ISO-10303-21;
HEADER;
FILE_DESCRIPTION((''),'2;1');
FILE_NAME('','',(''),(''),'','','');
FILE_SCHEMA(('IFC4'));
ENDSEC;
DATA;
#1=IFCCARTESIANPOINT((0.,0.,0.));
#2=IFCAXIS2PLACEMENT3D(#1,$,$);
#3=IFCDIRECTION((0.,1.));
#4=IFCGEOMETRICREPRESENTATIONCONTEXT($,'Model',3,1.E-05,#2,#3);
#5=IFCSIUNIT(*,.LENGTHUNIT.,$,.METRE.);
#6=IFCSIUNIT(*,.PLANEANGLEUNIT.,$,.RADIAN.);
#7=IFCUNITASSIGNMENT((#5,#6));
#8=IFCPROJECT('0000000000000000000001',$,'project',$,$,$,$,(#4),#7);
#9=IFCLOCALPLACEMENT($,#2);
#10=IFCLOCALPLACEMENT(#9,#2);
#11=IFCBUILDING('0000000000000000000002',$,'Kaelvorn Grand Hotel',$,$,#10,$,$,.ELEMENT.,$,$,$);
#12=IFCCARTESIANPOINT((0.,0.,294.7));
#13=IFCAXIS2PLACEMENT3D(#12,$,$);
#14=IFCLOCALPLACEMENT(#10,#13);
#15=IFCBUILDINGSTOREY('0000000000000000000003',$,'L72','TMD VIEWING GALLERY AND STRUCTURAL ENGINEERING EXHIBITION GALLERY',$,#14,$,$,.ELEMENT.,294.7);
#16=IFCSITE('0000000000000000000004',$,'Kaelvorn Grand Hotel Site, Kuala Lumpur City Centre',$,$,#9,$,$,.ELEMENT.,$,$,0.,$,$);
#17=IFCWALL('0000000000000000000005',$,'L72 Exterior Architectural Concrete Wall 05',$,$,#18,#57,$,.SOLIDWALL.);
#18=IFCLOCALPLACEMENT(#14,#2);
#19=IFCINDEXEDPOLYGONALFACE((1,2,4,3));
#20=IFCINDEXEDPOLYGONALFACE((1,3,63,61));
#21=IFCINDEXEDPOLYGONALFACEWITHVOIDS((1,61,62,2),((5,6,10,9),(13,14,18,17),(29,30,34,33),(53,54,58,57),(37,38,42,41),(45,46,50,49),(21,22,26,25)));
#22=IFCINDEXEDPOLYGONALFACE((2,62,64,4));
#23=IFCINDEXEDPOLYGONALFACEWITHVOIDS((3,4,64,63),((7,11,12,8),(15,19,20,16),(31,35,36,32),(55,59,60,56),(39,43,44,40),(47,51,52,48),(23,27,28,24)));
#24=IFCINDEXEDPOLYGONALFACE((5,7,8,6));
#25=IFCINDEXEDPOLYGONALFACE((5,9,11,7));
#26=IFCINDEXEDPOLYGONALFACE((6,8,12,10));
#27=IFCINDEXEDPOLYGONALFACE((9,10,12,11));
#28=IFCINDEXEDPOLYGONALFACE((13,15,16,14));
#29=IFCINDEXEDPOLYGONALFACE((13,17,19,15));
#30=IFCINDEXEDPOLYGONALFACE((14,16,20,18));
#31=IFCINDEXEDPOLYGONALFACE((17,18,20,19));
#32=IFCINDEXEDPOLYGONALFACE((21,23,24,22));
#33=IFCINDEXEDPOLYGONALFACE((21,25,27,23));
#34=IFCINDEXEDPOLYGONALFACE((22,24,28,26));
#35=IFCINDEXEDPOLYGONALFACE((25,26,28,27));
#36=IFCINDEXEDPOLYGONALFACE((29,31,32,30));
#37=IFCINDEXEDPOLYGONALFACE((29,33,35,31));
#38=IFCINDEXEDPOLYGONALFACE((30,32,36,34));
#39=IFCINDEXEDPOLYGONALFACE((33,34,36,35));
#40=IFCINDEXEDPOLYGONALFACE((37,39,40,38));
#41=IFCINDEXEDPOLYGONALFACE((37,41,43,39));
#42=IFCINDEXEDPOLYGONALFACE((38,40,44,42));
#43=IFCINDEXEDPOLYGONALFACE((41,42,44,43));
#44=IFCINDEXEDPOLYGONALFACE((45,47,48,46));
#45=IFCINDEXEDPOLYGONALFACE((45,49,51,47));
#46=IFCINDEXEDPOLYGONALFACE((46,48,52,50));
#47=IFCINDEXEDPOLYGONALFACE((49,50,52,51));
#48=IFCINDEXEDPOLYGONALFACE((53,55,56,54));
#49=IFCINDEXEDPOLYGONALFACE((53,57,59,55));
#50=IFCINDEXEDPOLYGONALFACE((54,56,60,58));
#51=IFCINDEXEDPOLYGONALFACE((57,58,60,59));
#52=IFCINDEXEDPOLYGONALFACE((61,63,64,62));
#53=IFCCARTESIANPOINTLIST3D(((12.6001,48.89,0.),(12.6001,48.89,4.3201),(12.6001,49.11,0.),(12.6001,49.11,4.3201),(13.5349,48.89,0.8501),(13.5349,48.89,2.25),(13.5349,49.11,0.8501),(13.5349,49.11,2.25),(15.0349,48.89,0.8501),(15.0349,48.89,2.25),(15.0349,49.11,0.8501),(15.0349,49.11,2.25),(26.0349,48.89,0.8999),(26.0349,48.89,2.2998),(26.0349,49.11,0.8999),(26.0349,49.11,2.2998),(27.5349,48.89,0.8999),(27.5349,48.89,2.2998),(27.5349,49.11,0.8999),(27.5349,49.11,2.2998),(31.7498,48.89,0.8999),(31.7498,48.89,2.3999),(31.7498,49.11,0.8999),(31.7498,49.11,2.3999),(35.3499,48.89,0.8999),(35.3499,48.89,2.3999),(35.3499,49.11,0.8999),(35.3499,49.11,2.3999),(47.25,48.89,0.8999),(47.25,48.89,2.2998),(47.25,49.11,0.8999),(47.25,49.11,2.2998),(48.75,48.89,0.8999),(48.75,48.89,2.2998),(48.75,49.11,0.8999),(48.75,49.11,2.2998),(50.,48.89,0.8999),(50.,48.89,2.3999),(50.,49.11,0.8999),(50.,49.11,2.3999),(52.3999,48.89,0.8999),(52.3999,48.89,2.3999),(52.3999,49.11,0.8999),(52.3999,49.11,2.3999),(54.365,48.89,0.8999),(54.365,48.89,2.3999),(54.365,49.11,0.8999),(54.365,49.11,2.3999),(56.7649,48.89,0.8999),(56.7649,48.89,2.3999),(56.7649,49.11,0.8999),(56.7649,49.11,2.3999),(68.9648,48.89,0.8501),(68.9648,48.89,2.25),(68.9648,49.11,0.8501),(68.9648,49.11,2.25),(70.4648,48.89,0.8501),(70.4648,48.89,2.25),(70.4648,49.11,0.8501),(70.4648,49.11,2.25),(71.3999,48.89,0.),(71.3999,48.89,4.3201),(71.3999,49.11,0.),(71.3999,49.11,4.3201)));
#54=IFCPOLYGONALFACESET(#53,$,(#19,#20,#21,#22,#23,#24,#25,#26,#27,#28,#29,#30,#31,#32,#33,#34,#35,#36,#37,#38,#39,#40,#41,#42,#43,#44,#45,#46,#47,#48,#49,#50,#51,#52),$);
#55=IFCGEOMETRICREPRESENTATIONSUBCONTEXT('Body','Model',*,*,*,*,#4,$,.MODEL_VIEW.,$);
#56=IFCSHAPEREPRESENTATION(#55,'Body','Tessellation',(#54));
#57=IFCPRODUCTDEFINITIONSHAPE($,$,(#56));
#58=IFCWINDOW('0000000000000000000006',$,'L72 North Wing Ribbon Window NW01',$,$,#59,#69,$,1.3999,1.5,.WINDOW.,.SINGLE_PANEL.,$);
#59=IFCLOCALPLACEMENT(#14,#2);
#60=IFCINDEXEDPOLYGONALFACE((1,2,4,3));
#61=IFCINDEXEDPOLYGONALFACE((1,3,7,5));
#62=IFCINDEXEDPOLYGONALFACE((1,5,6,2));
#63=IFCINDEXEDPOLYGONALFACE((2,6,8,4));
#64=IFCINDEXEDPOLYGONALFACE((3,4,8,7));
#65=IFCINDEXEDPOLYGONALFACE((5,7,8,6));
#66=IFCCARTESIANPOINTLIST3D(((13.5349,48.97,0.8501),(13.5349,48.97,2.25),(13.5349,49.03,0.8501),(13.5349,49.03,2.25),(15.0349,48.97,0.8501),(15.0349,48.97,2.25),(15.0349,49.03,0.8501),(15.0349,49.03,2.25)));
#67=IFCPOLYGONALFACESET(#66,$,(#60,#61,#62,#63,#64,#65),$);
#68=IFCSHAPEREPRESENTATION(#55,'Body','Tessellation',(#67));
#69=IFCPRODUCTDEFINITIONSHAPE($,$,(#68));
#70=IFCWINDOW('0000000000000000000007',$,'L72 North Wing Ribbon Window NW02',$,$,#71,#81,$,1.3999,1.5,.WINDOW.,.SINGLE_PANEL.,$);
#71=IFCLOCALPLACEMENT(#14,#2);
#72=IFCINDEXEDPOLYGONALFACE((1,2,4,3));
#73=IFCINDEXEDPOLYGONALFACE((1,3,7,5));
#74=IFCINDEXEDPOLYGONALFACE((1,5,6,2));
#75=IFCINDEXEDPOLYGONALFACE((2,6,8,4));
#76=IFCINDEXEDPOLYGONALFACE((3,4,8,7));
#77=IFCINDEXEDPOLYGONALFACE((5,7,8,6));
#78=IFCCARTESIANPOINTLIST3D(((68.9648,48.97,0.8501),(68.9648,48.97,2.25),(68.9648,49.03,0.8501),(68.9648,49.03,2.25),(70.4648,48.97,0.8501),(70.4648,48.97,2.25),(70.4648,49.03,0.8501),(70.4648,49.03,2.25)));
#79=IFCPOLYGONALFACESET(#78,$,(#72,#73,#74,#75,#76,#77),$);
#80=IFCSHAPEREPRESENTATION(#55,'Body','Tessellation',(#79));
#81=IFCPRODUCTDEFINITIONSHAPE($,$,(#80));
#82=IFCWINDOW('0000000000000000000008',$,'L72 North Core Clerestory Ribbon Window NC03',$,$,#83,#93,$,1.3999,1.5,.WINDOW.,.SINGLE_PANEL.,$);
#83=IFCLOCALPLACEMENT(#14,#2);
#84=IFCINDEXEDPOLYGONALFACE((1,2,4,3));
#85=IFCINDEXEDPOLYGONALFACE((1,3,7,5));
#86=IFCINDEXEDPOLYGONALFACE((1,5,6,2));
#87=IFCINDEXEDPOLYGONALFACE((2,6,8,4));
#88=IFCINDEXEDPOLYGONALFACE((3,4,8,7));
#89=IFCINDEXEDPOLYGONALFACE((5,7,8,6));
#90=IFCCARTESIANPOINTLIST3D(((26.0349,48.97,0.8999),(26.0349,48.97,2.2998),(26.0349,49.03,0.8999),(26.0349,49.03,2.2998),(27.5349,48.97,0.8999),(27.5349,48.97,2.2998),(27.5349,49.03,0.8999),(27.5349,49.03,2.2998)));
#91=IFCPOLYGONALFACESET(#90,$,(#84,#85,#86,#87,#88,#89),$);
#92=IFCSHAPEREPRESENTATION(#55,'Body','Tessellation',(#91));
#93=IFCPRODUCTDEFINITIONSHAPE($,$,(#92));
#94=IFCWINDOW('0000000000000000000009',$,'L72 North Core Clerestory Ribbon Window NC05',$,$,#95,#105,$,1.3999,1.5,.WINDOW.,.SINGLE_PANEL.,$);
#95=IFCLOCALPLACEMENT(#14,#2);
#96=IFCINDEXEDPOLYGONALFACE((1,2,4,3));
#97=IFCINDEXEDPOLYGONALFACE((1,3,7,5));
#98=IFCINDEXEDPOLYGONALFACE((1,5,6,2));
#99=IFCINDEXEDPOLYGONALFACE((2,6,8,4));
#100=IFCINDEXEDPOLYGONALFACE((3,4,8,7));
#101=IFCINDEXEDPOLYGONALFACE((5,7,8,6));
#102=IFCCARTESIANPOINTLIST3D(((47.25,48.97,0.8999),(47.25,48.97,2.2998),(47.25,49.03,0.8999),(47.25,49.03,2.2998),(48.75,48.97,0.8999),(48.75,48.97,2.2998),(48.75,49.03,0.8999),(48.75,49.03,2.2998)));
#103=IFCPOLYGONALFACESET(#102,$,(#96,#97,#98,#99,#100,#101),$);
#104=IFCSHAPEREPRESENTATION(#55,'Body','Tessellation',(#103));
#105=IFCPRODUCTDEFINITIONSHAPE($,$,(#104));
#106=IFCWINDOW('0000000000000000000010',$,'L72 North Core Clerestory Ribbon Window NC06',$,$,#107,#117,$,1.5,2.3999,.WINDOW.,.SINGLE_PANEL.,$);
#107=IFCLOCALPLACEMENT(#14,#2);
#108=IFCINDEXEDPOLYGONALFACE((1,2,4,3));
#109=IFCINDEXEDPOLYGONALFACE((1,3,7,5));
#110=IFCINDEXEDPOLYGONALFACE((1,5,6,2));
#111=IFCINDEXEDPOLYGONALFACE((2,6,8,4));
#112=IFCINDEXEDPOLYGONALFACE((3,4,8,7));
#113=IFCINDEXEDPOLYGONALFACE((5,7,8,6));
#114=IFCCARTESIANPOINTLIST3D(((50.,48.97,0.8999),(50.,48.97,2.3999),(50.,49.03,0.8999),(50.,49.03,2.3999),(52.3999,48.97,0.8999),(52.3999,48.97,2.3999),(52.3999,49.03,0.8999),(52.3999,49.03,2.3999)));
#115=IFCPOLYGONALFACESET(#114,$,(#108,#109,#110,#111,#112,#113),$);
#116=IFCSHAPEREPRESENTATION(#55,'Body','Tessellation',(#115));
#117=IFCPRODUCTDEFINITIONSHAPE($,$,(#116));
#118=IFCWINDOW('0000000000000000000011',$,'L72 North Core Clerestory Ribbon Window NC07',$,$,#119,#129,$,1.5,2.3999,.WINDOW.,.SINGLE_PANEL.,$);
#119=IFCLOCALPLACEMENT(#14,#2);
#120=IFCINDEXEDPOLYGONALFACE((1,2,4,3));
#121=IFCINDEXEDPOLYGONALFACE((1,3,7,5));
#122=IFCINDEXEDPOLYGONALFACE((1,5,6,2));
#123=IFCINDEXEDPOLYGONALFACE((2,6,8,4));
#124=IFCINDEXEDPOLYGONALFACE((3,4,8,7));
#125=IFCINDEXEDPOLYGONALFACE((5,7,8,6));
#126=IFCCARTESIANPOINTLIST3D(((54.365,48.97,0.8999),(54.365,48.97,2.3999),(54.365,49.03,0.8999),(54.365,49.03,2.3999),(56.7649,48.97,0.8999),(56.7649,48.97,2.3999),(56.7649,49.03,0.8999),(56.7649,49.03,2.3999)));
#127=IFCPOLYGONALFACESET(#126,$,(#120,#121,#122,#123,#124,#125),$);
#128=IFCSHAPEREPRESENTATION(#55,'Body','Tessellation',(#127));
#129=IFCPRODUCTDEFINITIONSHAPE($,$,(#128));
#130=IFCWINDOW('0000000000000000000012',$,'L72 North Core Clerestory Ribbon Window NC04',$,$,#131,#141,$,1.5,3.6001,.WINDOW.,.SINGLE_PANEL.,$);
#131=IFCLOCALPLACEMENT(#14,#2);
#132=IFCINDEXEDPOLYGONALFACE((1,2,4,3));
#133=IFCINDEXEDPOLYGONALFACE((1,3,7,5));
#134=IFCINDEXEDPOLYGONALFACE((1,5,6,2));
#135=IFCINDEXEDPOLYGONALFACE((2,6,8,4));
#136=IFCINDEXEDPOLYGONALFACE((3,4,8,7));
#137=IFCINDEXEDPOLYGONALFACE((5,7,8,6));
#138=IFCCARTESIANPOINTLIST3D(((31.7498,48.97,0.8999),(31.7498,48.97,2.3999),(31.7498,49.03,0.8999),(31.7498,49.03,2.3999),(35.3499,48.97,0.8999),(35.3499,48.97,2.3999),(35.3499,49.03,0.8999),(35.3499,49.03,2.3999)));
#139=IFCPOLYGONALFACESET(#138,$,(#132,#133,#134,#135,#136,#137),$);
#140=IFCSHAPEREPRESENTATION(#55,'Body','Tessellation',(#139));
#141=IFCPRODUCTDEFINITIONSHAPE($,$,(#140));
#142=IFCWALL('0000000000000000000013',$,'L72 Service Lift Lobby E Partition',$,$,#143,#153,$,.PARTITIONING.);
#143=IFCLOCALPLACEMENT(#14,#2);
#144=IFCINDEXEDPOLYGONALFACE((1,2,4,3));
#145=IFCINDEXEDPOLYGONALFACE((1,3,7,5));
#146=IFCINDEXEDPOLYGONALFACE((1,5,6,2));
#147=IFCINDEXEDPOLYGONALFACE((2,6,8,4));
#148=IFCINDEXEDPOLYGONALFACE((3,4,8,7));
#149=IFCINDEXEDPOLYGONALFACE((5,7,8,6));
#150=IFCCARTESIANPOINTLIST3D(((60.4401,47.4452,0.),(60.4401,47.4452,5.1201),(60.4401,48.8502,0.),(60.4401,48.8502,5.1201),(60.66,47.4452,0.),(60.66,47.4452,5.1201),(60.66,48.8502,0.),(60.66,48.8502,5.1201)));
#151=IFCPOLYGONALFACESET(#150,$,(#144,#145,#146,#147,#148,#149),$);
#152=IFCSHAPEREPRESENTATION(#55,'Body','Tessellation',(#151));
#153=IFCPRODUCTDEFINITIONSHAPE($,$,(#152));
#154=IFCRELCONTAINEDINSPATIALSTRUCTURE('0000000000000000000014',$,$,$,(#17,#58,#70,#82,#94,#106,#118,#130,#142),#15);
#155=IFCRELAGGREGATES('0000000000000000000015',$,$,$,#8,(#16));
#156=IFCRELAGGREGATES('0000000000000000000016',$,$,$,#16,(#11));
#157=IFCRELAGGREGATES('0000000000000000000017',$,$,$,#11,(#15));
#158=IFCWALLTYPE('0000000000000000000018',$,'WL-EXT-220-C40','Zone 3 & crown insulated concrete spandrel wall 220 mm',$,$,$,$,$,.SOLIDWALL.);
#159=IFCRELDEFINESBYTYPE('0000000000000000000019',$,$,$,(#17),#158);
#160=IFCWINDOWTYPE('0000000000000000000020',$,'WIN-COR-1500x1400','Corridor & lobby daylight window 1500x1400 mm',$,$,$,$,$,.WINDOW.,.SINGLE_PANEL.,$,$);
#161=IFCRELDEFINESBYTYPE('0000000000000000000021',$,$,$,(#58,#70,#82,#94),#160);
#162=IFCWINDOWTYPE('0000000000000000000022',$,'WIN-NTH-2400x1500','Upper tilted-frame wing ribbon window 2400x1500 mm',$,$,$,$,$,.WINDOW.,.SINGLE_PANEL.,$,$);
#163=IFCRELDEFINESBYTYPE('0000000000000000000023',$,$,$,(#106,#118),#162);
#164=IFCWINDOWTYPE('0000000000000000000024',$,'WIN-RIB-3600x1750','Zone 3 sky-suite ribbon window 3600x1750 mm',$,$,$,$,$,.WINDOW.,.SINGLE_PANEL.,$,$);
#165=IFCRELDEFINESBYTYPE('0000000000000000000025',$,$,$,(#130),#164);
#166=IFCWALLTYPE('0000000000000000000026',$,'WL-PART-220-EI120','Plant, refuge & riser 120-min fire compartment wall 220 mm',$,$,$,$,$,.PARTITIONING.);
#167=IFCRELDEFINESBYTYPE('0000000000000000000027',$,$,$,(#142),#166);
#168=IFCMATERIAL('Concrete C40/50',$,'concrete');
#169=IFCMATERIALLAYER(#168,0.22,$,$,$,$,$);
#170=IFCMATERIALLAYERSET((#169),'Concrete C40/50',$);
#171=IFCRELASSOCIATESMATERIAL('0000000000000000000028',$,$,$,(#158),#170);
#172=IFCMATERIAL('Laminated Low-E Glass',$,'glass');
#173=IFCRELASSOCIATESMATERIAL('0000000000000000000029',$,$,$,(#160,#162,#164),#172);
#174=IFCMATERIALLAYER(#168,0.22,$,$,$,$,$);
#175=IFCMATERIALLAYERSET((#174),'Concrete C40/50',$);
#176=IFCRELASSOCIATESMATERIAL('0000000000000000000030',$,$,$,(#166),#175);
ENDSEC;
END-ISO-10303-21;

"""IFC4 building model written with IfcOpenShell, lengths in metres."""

from ifc_helpers import new_model, si_unit, direction, frame, frame_2d, origin, place, context, subcontext, project, spatial, rectangle, extrude, material, layer, layer_set, type_object, element, fill, save


model = new_model("IFC4")

# Units and contexts
model_context = context("Model", 3, precision=1e-05, world=origin(), true_north=direction((0.0, 1.0)))
body_context = subcontext(model_context, "Body", "Model", "MODEL_VIEW")
ifc_project = project(units=[si_unit("LENGTHUNIT", "METRE"), si_unit("PLANEANGLEUNIT", "RADIAN")], contexts=[model_context])

# Site, building, storey
site_placement = place(None, origin())
site = spatial("IfcSite", under=ifc_project, at=site_placement, Name="Kaelvorn Grand Hotel Site, Kuala Lumpur City Centre", CompositionType="ELEMENT", RefElevation=0.0)
building_placement = place(site_placement, origin())
building = spatial("IfcBuilding", under=site, at=building_placement, Name="Kaelvorn Grand Hotel", CompositionType="ELEMENT")
storey_placement = place(building_placement, frame((0.0, 0.0, 294.7)))
storey = spatial("IfcBuildingStorey", under=building, at=storey_placement, Name="L72", Description="TMD VIEWING GALLERY AND STRUCTURAL ENGINEERING EXHIBITION GALLERY", CompositionType="ELEMENT", Elevation=294.7)

# Wall, openings, windows
ifc_material_1 = material(Name="Concrete C40/50", Category="concrete")
ifc_layer_1 = layer(ifc_material_1, 0.22)
ifc_layer_set_1 = layer_set([ifc_layer_1], Name="Concrete C40/50")
wall_type_1 = type_object("IfcWallType", Name="WL-EXT-220-C40", Description="Zone 3 & crown insulated concrete spandrel wall 220 mm", PredefinedType="SOLIDWALL", material=ifc_layer_set_1)
wall_1_placement = place(storey_placement, frame((71.3999, 49.0, 0.0), z_axis=(0.0, 0.0, 1.0), x_axis=(-1.0, 0.0, 0.0)))
wall_1 = element("IfcWall", 1, at=wall_1_placement, inside=storey, type_object=wall_type_1, Name="L72 Exterior Architectural Concrete Wall 05", PredefinedType="SOLIDWALL", context=body_context, shape_type="SweptSolid", body=[
    extrude(rectangle(XDim=58.7998, YDim=0.22, at=frame_2d((29.3999, 0.0))), origin(), (0.0, 0.0, 1.0), 4.3201),
])
opening_1_placement = place(wall_1_placement, frame((56.365, 0.0, 0.8501)))
opening_1 = element("IfcOpeningElement", 2, at=opening_1_placement, cuts=wall_1, PredefinedType="OPENING", context=body_context, shape_type="SweptSolid", body=[
    extrude(rectangle(XDim=1.5, YDim=1.3999, at=frame_2d((0.75, 0.7))), frame((0.0, 0.1201, 0.0), z_axis=(0.0, -1.0, 0.0), x_axis=(1.0, 0.0, 0.0)), (0.0, 0.0, 1.0), 0.24),
])
opening_2_placement = place(wall_1_placement, frame((0.9351, 0.0, 0.8501)))
opening_2 = element("IfcOpeningElement", 3, at=opening_2_placement, cuts=wall_1, PredefinedType="OPENING", context=body_context, shape_type="SweptSolid", body=[
    extrude(rectangle(XDim=1.5, YDim=1.3999, at=frame_2d((0.75, 0.7))), frame((0.0, 0.1201, 0.0), z_axis=(0.0, -1.0, 0.0), x_axis=(1.0, 0.0, 0.0)), (0.0, 0.0, 1.0), 0.24),
])
opening_3_placement = place(wall_1_placement, frame((43.865, 0.0, 0.8999)))
opening_3 = element("IfcOpeningElement", 4, at=opening_3_placement, cuts=wall_1, PredefinedType="OPENING", context=body_context, shape_type="SweptSolid", body=[
    extrude(rectangle(XDim=1.5, YDim=1.3999, at=frame_2d((0.75, 0.7))), frame((0.0, 0.1201, 0.0), z_axis=(0.0, -1.0, 0.0), x_axis=(1.0, 0.0, 0.0)), (0.0, 0.0, 1.0), 0.24),
])
opening_4_placement = place(wall_1_placement, frame((36.05, 0.0, 0.8999)))
opening_4 = element("IfcOpeningElement", 5, at=opening_4_placement, cuts=wall_1, PredefinedType="OPENING", context=body_context, shape_type="SweptSolid", body=[
    extrude(rectangle(XDim=3.6001, YDim=1.5, at=frame_2d((1.8, 0.75))), frame((0.0, 0.1201, 0.0), z_axis=(0.0, -1.0, 0.0), x_axis=(1.0, 0.0, 0.0)), (0.0, 0.0, 1.0), 0.24),
])
opening_5_placement = place(wall_1_placement, frame((22.6499, 0.0, 0.8999)))
opening_5 = element("IfcOpeningElement", 6, at=opening_5_placement, cuts=wall_1, PredefinedType="OPENING", context=body_context, shape_type="SweptSolid", body=[
    extrude(rectangle(XDim=1.5, YDim=1.3999, at=frame_2d((0.75, 0.7))), frame((0.0, 0.1201, 0.0), z_axis=(0.0, -1.0, 0.0), x_axis=(1.0, 0.0, 0.0)), (0.0, 0.0, 1.0), 0.24),
])
opening_6_placement = place(wall_1_placement, frame((19.0, 0.0, 0.8999)))
opening_6 = element("IfcOpeningElement", 7, at=opening_6_placement, cuts=wall_1, PredefinedType="OPENING", context=body_context, shape_type="SweptSolid", body=[
    extrude(rectangle(XDim=2.3999, YDim=1.5, at=frame_2d((1.2, 0.75))), frame((0.0, 0.1201, 0.0), z_axis=(0.0, -1.0, 0.0), x_axis=(1.0, 0.0, 0.0)), (0.0, 0.0, 1.0), 0.24),
])
opening_7_placement = place(wall_1_placement, frame((14.635, 0.0, 0.8999)))
opening_7 = element("IfcOpeningElement", 8, at=opening_7_placement, cuts=wall_1, PredefinedType="OPENING", context=body_context, shape_type="SweptSolid", body=[
    extrude(rectangle(XDim=2.3999, YDim=1.5, at=frame_2d((1.2, 0.75))), frame((0.0, 0.1201, 0.0), z_axis=(0.0, -1.0, 0.0), x_axis=(1.0, 0.0, 0.0)), (0.0, 0.0, 1.0), 0.24),
])
ifc_material_2 = material(Name="Laminated Low-E Glass", Category="glass")
window_type_1 = type_object("IfcWindowType", Name="WIN-COR-1500x1400", Description="Corridor & lobby daylight window 1500x1400 mm", PartitioningType="SINGLE_PANEL", PredefinedType="WINDOW", material=ifc_material_2)
window_1_placement = place(opening_1_placement, origin())
window_1 = element("IfcWindow", 9, at=window_1_placement, inside=storey, type_object=window_type_1, Name="L72 North Wing Ribbon Window NW01", OverallHeight=1.3999, OverallWidth=1.5, PartitioningType="SINGLE_PANEL", PredefinedType="WINDOW", context=body_context, shape_type="SweptSolid", body=[
    extrude(rectangle(XDim=1.5, YDim=1.3999, at=frame_2d((0.75, 0.7))), frame((0.0, 0.03, 0.0), z_axis=(0.0, -1.0, 0.0), x_axis=(1.0, 0.0, 0.0)), (0.0, 0.0, 1.0), 0.0601),
])
fill(opening_1, window_1)
window_2_placement = place(opening_2_placement, origin())
window_2 = element("IfcWindow", 10, at=window_2_placement, inside=storey, type_object=window_type_1, Name="L72 North Wing Ribbon Window NW02", OverallHeight=1.3999, OverallWidth=1.5, PartitioningType="SINGLE_PANEL", PredefinedType="WINDOW", context=body_context, shape_type="SweptSolid", body=[
    extrude(rectangle(XDim=1.5, YDim=1.3999, at=frame_2d((0.75, 0.7))), frame((0.0, 0.03, 0.0), z_axis=(0.0, -1.0, 0.0), x_axis=(1.0, 0.0, 0.0)), (0.0, 0.0, 1.0), 0.0601),
])
fill(opening_2, window_2)
window_3_placement = place(opening_3_placement, origin())
window_3 = element("IfcWindow", 11, at=window_3_placement, inside=storey, type_object=window_type_1, Name="L72 North Core Clerestory Ribbon Window NC03", OverallHeight=1.3999, OverallWidth=1.5, PartitioningType="SINGLE_PANEL", PredefinedType="WINDOW", context=body_context, shape_type="SweptSolid", body=[
    extrude(rectangle(XDim=1.5, YDim=1.3999, at=frame_2d((0.75, 0.7))), frame((0.0, 0.03, 0.0), z_axis=(0.0, -1.0, 0.0), x_axis=(1.0, 0.0, 0.0)), (0.0, 0.0, 1.0), 0.0601),
])
fill(opening_3, window_3)
window_4_placement = place(opening_5_placement, origin())
window_4 = element("IfcWindow", 12, at=window_4_placement, inside=storey, type_object=window_type_1, Name="L72 North Core Clerestory Ribbon Window NC05", OverallHeight=1.3999, OverallWidth=1.5, PartitioningType="SINGLE_PANEL", PredefinedType="WINDOW", context=body_context, shape_type="SweptSolid", body=[
    extrude(rectangle(XDim=1.5, YDim=1.3999, at=frame_2d((0.75, 0.7))), frame((0.0, 0.03, 0.0), z_axis=(0.0, -1.0, 0.0), x_axis=(1.0, 0.0, 0.0)), (0.0, 0.0, 1.0), 0.0601),
])
fill(opening_5, window_4)
window_type_2 = type_object("IfcWindowType", Name="WIN-NTH-2400x1500", Description="Upper tilted-frame wing ribbon window 2400x1500 mm", PartitioningType="SINGLE_PANEL", PredefinedType="WINDOW", material=ifc_material_2)
window_5_placement = place(opening_6_placement, origin())
window_5 = element("IfcWindow", 13, at=window_5_placement, inside=storey, type_object=window_type_2, Name="L72 North Core Clerestory Ribbon Window NC06", OverallHeight=1.5, OverallWidth=2.3999, PartitioningType="SINGLE_PANEL", PredefinedType="WINDOW", context=body_context, shape_type="SweptSolid", body=[
    extrude(rectangle(XDim=2.3999, YDim=1.5, at=frame_2d((1.2, 0.75))), frame((0.0, 0.03, 0.0), z_axis=(0.0, -1.0, 0.0), x_axis=(1.0, 0.0, 0.0)), (0.0, 0.0, 1.0), 0.0601),
])
fill(opening_6, window_5)
window_6_placement = place(opening_7_placement, origin())
window_6 = element("IfcWindow", 14, at=window_6_placement, inside=storey, type_object=window_type_2, Name="L72 North Core Clerestory Ribbon Window NC07", OverallHeight=1.5, OverallWidth=2.3999, PartitioningType="SINGLE_PANEL", PredefinedType="WINDOW", context=body_context, shape_type="SweptSolid", body=[
    extrude(rectangle(XDim=2.3999, YDim=1.5, at=frame_2d((1.2, 0.75))), frame((0.0, 0.03, 0.0), z_axis=(0.0, -1.0, 0.0), x_axis=(1.0, 0.0, 0.0)), (0.0, 0.0, 1.0), 0.0601),
])
fill(opening_7, window_6)
window_type_3 = type_object("IfcWindowType", Name="WIN-RIB-3600x1750", Description="Zone 3 sky-suite ribbon window 3600x1750 mm", PartitioningType="SINGLE_PANEL", PredefinedType="WINDOW", material=ifc_material_2)
window_7_placement = place(opening_4_placement, origin())
window_7 = element("IfcWindow", 15, at=window_7_placement, inside=storey, type_object=window_type_3, Name="L72 North Core Clerestory Ribbon Window NC04", OverallHeight=1.5, OverallWidth=3.6001, PartitioningType="SINGLE_PANEL", PredefinedType="WINDOW", context=body_context, shape_type="SweptSolid", body=[
    extrude(rectangle(XDim=3.6001, YDim=1.5, at=frame_2d((1.8, 0.75))), frame((0.0, 0.03, 0.0), z_axis=(0.0, -1.0, 0.0), x_axis=(1.0, 0.0, 0.0)), (0.0, 0.0, 1.0), 0.0601),
])
fill(opening_4, window_7)

# Wall
ifc_layer_2 = layer(ifc_material_1, 0.22)
ifc_layer_set_2 = layer_set([ifc_layer_2], Name="Concrete C40/50")
wall_type_2 = type_object("IfcWallType", Name="WL-PART-220-EI120", Description="Plant, refuge & riser 120-min fire compartment wall 220 mm", PredefinedType="PARTITIONING", material=ifc_layer_set_2)
wall_2_placement = place(storey_placement, frame((60.55, 47.4451, 0.0), z_axis=(0.0, 0.0, 1.0), x_axis=(0.0, 1.0, 0.0)))
element("IfcWall", 16, at=wall_2_placement, inside=storey, type_object=wall_type_2, Name="L72 Service Lift Lobby E Partition", PredefinedType="PARTITIONING", context=body_context, shape_type="SweptSolid", body=[
    extrude(rectangle(XDim=1.405, YDim=0.22, at=frame_2d((0.7026, 0.0))), origin(), (0.0, 0.0, 1.0), 5.1201),
])

save(model, "model.ifc")
